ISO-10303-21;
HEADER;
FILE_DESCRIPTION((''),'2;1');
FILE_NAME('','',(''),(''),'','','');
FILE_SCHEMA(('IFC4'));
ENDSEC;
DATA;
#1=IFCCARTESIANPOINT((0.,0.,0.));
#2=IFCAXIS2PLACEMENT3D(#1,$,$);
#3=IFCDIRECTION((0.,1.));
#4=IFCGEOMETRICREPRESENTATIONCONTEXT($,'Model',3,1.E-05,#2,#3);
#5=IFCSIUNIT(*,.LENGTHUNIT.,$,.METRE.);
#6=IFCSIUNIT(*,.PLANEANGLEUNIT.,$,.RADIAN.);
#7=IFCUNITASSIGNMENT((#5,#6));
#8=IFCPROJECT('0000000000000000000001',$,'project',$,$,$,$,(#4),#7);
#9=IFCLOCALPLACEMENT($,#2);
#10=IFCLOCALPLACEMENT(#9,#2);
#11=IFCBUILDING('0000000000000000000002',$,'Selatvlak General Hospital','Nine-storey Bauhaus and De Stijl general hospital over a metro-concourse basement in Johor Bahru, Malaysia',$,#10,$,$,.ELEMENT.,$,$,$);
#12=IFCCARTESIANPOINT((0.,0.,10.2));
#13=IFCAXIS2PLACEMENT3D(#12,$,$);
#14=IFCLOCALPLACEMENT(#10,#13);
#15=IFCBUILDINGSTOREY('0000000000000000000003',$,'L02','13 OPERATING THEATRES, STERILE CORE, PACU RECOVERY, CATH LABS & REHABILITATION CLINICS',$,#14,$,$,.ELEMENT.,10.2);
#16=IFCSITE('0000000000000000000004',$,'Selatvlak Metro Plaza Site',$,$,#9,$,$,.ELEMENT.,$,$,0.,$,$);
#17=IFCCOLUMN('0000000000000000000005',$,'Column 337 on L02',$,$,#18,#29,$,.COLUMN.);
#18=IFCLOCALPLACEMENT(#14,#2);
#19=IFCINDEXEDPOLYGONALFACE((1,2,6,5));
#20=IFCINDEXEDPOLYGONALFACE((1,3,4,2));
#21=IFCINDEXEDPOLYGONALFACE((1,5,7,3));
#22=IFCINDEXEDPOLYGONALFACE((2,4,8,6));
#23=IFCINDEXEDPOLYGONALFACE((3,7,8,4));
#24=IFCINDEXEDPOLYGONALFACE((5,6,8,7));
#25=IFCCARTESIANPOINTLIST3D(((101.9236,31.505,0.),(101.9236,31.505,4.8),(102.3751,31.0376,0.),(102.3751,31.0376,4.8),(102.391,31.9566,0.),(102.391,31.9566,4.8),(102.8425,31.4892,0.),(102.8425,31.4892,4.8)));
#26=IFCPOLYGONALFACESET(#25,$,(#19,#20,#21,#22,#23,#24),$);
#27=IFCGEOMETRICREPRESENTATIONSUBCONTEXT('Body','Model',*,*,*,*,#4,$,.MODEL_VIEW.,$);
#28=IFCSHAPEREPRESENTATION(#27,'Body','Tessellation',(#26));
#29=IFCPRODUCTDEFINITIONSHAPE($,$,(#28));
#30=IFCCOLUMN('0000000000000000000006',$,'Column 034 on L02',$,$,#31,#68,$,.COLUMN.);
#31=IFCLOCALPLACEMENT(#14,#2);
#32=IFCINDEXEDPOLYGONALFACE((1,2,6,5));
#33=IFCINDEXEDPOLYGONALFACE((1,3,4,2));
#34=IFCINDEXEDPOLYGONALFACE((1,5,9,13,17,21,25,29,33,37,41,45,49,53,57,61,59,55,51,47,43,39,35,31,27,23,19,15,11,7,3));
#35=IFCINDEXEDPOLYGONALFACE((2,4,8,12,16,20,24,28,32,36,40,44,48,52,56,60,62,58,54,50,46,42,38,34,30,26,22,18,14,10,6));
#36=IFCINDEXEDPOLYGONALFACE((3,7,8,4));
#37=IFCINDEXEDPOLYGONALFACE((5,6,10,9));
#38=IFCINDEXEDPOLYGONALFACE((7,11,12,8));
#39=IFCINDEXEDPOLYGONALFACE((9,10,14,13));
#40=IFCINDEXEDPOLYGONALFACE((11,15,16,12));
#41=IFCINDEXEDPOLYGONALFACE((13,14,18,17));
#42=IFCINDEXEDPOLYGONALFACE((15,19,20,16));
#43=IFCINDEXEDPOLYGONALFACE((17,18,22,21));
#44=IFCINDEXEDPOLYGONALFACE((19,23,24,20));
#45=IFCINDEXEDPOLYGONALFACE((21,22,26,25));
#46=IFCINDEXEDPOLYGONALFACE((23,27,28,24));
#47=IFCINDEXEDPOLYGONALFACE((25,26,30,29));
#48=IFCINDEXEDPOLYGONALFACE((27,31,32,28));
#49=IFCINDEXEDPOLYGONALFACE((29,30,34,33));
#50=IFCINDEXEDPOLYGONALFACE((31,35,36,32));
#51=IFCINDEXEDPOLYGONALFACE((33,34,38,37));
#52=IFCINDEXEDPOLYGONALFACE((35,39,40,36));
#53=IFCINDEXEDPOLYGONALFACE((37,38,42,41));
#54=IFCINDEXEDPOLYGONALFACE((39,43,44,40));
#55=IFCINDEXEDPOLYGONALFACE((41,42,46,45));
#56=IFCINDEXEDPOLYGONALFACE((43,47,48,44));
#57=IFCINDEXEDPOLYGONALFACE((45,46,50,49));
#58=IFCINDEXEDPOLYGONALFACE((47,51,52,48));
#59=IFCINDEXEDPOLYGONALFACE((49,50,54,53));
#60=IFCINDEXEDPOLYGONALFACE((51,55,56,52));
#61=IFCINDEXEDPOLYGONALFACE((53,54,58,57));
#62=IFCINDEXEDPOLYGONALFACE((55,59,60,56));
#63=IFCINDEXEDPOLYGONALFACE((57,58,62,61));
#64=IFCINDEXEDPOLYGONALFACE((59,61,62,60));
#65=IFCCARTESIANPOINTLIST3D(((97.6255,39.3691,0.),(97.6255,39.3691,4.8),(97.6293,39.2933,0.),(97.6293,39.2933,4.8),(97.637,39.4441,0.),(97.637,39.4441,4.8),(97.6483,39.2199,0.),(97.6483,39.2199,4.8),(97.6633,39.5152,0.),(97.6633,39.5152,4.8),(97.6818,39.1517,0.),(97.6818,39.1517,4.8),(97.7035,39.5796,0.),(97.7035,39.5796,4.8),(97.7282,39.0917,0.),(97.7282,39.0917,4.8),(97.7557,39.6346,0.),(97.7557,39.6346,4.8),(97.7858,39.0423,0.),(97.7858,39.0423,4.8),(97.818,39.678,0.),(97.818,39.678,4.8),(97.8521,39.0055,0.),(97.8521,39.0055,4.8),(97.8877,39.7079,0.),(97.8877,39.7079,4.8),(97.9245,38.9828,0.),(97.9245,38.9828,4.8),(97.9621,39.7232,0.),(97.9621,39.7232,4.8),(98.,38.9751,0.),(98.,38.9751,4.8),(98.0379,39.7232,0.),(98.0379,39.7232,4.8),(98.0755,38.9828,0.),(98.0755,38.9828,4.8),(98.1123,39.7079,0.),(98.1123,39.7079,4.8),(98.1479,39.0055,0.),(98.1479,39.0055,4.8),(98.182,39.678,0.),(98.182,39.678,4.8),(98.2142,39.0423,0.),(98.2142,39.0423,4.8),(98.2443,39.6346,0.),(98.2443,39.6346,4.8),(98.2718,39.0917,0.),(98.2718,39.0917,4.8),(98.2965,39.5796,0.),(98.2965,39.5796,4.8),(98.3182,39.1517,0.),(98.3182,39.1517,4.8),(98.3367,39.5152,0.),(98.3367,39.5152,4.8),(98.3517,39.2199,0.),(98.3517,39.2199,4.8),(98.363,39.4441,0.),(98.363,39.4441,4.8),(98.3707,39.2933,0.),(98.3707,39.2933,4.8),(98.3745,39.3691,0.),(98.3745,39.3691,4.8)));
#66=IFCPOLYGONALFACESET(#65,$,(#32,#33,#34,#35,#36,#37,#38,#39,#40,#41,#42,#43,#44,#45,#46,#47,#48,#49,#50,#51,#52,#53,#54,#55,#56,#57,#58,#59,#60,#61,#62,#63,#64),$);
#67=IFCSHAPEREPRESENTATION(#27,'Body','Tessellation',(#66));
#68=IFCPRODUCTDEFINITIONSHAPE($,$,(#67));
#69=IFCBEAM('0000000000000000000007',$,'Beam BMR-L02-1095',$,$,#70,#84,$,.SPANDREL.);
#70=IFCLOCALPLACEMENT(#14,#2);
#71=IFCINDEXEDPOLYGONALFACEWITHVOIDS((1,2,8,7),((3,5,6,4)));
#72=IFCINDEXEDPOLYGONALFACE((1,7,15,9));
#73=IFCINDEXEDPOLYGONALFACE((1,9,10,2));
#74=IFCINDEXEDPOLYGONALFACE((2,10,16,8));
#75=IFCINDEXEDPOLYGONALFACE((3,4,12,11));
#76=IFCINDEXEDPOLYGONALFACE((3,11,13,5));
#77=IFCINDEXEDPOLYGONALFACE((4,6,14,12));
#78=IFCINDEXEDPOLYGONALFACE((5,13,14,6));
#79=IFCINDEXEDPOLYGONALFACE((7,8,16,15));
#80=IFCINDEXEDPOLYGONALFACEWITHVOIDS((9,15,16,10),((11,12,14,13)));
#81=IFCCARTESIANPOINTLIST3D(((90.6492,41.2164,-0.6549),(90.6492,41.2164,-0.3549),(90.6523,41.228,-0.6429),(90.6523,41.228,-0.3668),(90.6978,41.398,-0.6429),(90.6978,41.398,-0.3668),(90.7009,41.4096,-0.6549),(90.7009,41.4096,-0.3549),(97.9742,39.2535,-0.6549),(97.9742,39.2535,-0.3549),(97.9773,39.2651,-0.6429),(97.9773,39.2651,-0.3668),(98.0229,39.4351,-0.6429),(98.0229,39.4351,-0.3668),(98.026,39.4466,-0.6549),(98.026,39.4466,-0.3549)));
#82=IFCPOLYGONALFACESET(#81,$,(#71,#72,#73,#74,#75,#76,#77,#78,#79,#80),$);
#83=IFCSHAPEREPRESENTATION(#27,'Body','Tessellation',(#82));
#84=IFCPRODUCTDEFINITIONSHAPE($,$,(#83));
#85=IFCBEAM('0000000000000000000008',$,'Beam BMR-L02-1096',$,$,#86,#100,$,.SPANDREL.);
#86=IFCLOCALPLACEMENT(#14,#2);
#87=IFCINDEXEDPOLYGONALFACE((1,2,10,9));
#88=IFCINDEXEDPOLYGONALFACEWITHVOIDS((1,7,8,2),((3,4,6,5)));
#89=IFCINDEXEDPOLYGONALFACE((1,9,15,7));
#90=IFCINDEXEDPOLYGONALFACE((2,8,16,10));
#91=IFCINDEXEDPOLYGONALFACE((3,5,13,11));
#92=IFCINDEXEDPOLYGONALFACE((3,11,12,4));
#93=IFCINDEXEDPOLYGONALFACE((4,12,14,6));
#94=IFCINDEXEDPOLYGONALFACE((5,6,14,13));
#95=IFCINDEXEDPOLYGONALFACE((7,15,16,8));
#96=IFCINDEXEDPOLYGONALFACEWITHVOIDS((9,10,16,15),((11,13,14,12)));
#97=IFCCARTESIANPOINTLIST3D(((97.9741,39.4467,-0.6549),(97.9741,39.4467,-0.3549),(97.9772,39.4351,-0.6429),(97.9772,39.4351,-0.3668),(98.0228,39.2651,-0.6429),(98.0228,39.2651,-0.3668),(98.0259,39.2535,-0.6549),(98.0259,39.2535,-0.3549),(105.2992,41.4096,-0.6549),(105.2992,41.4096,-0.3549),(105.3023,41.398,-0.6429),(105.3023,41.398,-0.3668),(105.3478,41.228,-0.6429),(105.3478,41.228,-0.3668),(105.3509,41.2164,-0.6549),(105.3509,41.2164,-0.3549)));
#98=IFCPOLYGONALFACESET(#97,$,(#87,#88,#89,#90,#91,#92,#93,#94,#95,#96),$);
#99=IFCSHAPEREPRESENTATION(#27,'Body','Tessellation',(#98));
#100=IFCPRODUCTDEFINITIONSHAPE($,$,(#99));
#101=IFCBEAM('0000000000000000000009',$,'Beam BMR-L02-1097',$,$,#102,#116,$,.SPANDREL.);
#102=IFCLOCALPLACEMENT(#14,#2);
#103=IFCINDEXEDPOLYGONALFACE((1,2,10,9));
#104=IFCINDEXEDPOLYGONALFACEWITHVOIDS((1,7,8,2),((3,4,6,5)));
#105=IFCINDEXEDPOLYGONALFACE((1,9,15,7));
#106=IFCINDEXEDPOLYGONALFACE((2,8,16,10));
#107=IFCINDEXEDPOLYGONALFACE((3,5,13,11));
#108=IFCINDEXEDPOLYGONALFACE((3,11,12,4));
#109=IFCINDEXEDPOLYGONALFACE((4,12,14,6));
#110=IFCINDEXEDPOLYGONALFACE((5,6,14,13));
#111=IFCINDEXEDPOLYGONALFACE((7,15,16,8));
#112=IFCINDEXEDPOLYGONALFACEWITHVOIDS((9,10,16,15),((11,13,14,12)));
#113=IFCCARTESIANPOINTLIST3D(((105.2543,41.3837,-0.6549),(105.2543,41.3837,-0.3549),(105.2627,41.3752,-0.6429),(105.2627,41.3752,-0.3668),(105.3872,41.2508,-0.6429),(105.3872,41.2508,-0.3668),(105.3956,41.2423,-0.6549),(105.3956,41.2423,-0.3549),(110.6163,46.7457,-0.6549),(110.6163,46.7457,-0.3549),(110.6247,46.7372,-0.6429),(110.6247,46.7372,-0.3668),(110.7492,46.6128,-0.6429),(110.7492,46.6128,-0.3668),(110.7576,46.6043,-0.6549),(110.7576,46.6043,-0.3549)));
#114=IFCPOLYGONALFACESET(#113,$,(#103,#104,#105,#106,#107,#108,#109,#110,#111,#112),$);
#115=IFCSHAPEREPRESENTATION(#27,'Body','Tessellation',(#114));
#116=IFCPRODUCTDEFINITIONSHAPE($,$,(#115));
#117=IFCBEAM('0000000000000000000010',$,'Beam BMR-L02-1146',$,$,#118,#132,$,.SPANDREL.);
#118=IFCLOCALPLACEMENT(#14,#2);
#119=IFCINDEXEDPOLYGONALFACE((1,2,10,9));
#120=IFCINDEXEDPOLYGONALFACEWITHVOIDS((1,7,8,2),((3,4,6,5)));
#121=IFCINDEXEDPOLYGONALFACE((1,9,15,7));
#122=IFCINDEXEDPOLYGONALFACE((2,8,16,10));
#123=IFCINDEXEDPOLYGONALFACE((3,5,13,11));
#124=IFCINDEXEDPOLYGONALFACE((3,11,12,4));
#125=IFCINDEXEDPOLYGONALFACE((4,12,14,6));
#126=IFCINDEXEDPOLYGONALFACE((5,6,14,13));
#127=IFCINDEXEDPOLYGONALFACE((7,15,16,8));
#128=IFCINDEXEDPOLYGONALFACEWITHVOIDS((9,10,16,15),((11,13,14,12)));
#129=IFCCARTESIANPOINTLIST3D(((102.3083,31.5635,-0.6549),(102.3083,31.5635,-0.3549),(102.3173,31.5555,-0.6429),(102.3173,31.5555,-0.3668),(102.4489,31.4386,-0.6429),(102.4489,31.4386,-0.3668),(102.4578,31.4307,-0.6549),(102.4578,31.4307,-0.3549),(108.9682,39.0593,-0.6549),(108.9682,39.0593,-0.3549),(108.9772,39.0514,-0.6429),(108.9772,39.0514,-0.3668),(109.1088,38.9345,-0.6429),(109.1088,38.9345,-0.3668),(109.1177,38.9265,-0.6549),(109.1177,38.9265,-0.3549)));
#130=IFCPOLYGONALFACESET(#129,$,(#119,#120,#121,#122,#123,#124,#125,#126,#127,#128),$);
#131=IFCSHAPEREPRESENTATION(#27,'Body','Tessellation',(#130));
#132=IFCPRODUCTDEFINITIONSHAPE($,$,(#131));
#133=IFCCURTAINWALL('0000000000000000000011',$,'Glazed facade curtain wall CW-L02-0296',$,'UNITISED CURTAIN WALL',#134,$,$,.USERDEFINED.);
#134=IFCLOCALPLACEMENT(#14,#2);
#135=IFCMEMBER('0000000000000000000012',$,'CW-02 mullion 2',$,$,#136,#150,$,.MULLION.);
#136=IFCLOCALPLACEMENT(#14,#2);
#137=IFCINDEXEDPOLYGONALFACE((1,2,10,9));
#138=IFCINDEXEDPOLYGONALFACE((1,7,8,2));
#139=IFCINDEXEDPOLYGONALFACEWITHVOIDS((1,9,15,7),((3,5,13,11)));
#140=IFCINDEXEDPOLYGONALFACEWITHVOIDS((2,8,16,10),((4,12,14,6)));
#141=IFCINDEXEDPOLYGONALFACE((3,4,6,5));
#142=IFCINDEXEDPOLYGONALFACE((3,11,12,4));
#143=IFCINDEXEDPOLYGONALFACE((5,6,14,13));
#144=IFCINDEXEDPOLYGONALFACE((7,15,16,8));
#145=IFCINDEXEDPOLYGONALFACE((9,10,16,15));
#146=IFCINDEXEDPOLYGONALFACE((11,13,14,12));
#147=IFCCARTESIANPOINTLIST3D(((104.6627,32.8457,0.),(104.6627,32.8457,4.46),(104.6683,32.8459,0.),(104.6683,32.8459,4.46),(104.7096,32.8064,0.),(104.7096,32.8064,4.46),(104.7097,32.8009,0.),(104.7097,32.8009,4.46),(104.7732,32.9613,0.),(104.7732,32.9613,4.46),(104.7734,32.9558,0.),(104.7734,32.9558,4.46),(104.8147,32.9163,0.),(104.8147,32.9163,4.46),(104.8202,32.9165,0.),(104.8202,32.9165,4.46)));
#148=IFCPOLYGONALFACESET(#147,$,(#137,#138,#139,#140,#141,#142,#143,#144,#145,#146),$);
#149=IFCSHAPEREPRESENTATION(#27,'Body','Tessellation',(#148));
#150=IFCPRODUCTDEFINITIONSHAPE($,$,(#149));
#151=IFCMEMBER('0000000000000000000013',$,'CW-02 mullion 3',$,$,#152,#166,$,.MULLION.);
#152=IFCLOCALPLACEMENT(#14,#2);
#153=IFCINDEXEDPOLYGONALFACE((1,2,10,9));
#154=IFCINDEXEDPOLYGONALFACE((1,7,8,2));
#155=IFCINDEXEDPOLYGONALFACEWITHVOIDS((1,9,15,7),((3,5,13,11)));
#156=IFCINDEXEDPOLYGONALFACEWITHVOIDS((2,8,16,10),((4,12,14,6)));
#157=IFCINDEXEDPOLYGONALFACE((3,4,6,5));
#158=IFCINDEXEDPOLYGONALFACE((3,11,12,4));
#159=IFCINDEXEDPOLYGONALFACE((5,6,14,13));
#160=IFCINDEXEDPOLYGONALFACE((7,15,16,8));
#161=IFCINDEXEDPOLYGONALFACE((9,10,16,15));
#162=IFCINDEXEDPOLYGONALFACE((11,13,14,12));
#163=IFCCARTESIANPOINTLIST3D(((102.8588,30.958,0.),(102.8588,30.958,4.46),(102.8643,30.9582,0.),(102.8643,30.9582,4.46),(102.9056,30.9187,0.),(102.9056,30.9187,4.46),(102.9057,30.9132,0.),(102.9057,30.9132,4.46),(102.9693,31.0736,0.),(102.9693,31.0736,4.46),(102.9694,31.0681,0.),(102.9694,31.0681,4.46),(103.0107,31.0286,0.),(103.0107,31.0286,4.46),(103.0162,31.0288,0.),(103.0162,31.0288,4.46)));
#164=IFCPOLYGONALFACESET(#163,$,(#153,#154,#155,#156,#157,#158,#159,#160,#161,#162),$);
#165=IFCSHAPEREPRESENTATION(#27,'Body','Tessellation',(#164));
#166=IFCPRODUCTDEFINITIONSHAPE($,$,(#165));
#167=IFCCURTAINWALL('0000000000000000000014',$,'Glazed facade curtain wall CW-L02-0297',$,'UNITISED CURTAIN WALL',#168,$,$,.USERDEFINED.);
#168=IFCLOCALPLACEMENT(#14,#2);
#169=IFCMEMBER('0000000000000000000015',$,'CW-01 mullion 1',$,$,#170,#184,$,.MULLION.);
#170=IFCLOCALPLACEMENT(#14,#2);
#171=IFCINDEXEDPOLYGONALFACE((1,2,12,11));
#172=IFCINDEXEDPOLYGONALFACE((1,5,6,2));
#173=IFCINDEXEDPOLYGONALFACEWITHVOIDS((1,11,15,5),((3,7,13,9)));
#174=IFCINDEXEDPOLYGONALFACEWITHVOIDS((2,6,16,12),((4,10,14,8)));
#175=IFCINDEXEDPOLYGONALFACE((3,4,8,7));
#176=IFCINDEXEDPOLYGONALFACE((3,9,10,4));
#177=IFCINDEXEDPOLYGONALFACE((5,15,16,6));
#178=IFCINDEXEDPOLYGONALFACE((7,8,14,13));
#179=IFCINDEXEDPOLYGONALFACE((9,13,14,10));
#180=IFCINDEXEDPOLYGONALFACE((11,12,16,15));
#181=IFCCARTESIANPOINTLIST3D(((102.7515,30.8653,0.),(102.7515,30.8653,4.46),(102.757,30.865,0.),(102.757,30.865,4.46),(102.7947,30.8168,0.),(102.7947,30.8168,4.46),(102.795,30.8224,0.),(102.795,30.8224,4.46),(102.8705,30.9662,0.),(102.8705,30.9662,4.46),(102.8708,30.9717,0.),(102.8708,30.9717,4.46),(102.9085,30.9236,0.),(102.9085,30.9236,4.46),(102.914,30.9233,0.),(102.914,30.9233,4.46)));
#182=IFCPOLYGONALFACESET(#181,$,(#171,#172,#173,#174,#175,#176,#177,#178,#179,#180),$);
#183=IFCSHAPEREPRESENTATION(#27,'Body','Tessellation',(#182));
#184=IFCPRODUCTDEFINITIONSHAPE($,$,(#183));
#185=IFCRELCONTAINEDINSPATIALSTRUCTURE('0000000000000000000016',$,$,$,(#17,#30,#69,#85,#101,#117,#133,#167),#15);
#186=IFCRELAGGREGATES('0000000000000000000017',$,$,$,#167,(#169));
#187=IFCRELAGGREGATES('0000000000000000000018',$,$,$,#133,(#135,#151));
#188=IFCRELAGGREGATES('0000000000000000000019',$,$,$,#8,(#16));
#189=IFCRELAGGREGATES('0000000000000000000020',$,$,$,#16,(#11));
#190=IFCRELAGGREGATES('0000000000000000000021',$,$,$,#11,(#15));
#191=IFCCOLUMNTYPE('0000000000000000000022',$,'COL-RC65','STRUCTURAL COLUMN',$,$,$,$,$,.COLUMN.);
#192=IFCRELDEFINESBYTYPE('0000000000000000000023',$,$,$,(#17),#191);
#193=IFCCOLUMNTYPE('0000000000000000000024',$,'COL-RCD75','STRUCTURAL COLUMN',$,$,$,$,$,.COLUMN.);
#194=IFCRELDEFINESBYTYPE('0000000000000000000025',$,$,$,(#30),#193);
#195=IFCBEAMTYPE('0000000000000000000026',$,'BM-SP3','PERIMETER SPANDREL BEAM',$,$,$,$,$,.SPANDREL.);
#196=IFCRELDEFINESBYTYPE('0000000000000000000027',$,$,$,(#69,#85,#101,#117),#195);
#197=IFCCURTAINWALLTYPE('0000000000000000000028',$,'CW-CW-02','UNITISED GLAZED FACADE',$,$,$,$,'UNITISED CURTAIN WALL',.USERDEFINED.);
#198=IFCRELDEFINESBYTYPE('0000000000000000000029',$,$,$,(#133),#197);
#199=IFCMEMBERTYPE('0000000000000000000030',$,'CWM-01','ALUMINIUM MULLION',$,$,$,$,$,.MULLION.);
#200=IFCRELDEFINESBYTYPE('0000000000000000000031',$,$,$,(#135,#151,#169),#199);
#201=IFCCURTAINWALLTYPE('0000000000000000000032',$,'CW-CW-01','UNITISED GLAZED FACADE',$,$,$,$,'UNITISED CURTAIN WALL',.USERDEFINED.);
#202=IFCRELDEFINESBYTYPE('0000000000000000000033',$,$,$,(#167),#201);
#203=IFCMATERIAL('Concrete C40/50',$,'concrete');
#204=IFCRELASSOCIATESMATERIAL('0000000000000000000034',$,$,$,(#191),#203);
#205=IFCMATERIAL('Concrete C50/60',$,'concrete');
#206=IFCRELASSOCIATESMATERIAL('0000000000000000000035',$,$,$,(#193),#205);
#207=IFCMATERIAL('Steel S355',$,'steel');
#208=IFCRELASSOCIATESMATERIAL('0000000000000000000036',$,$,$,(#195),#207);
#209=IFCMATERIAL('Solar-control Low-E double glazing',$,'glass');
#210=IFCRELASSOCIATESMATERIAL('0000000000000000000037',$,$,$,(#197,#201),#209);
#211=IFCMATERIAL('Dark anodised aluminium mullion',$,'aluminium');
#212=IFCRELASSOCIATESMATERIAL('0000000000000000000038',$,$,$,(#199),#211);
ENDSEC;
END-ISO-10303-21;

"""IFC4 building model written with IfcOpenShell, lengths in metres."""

from ifc_helpers import new_model, si_unit, direction, frame, origin, origin_2d, place, context, subcontext, project, spatial, rectangle, hollow_rectangle, circle, extrude, material, material_profile, profile_set, type_object, element, aggregate, save


model = new_model("IFC4")

# Units and contexts
model_context = context("Model", 3, precision=1e-05, world=origin(), true_north=direction((0.0, 1.0)))
body_context = subcontext(model_context, "Body", "Model", "MODEL_VIEW")
ifc_project = project(units=[si_unit("LENGTHUNIT", "METRE"), si_unit("PLANEANGLEUNIT", "RADIAN")], contexts=[model_context])

# Site, building, storey
site_placement = place(None, origin())
site = spatial("IfcSite", under=ifc_project, at=site_placement, Name="Selatvlak Metro Plaza Site", CompositionType="ELEMENT", RefElevation=0.0)
building_placement = place(site_placement, origin())
building = spatial("IfcBuilding", under=site, at=building_placement, Name="Selatvlak General Hospital", Description="Nine-storey Bauhaus and De Stijl general hospital over a metro-concourse basement in Johor Bahru, Malaysia", CompositionType="ELEMENT")
storey_placement = place(building_placement, frame((0.0, 0.0, 10.2)))
storey = spatial("IfcBuildingStorey", under=building, at=storey_placement, Name="L02", Description="13 OPERATING THEATRES, STERILE CORE, PACU RECOVERY, CATH LABS & REHABILITATION CLINICS", CompositionType="ELEMENT", Elevation=10.2)

# Columns
ifc_material_1 = material(Name="Concrete C40/50", Category="concrete")
ifc_material_profile_1 = material_profile(ifc_material_1, rectangle(XDim=0.6499, YDim=0.6499, at=origin_2d()), Name="RC-COL 650x650")
ifc_profile_set_1 = profile_set([ifc_material_profile_1], Name="Concrete C40/50")
column_type_1 = type_object("IfcColumnType", Name="COL-RC65", Description="STRUCTURAL COLUMN", PredefinedType="COLUMN", material=ifc_profile_set_1)
column_placement = place(storey_placement, frame((102.3831, 31.4971, 0.0), z_axis=(0.0, 0.0, 1.0), x_axis=(-0.694834, 0.71917, 0.0)))
element("IfcColumn", 1, at=column_placement, inside=storey, type_object=column_type_1, Name="Column 337 on L02", PredefinedType="COLUMN", context=body_context, shape_type="SweptSolid", body=[
    extrude(rectangle(XDim=0.6499, YDim=0.6499, at=origin_2d()), origin(), (0.0, 0.0, 1.0), 4.8),
])
ifc_material_2 = material(Name="Concrete C50/60", Category="concrete")
ifc_material_profile_2 = material_profile(ifc_material_2, circle(Radius=0.375, at=origin_2d()), Name="RC-COL D750")
ifc_profile_set_2 = profile_set([ifc_material_profile_2], Name="Concrete C50/60")
column_type_2 = type_object("IfcColumnType", Name="COL-RCD75", Description="STRUCTURAL COLUMN", PredefinedType="COLUMN", material=ifc_profile_set_2)
for number, where, z_axis, x_axis, name in (
    (2, (98.0, 39.3501, 0.0), (0.0, 0.0, 1.0), (0.0, -1.0, 0.0), "Column 034 on L02"),
):
    element("IfcColumn", number, at=place(storey_placement, frame(where, z_axis=z_axis, x_axis=x_axis)), inside=storey, type_object=column_type_2, Name=name, PredefinedType="COLUMN", context=body_context, shape_type="SweptSolid", body=[
        extrude(circle(Radius=0.375, at=origin_2d()), origin(), (0.0, 0.0, 1.0), 4.8),
    ])

# Beams
ifc_material_3 = material(Name="Steel S355", Category="steel")
ifc_material_profile_3 = material_profile(ifc_material_3, hollow_rectangle(XDim=0.2, YDim=0.3, WallThickness=0.012, at=origin_2d()), Name="RHS 300x200x12")
ifc_profile_set_3 = profile_set([ifc_material_profile_3], Name="Steel S355")
beam_type = type_object("IfcBeamType", Name="BM-SP3", Description="PERIMETER SPANDREL BEAM", PredefinedType="SPANDREL", material=ifc_profile_set_3)
for number, where, z_axis, x_axis, name in (
    (3, (90.675, 41.313, -0.5049), (0.96592, -0.258841, 0.0), (0.258841, 0.96592, 0.0), "Beam BMR-L02-1095"),
    (4, (98.0, 39.3501, -0.5049), (0.96592, 0.258841, 0.0), (-0.258841, 0.96592, 0.0), "Beam BMR-L02-1096"),
):
    element("IfcBeam", number, at=place(storey_placement, frame(where, z_axis=z_axis, x_axis=x_axis)), inside=storey, type_object=beam_type, Name=name, PredefinedType="SPANDREL", context=body_context, shape_type="SweptSolid", body=[
        extrude(hollow_rectangle(XDim=0.2, YDim=0.3, WallThickness=0.012, at=origin_2d()), origin(), (0.0, 0.0, 1.0), 7.5835),
    ])
beam_1_placement = place(storey_placement, frame((105.325, 41.313, -0.5049), z_axis=(0.707107, 0.707107, 0.0), x_axis=(-0.707107, 0.707107, 0.0)))
element("IfcBeam", 5, at=beam_1_placement, inside=storey, type_object=beam_type, Name="Beam BMR-L02-1097", PredefinedType="SPANDREL", context=body_context, shape_type="SweptSolid", body=[
    extrude(hollow_rectangle(XDim=0.2, YDim=0.3, WallThickness=0.012, at=origin_2d()), origin(), (0.0, 0.0, 1.0), 7.583),
])
beam_2_placement = place(storey_placement, frame((102.3831, 31.4971, -0.5049), z_axis=(0.664193, 0.747561, 0.0), x_axis=(-0.747561, 0.664193, 0.0)))
element("IfcBeam", 6, at=beam_2_placement, inside=storey, type_object=beam_type, Name="Beam BMR-L02-1146", PredefinedType="SPANDREL", context=body_context, shape_type="SweptSolid", body=[
    extrude(hollow_rectangle(XDim=0.2, YDim=0.3, WallThickness=0.012, at=origin_2d()), origin(), (0.0, 0.0, 1.0), 10.0271),
])

# Curtain wall, members
ifc_material_4 = material(Name="Solar-control Low-E double glazing", Category="glass")
curtain_wall_type_1 = type_object("IfcCurtainWallType", Name="CW-CW-02", Description="UNITISED GLAZED FACADE", ElementType="UNITISED CURTAIN WALL", PredefinedType="USERDEFINED", material=ifc_material_4)
curtain_wall_1_placement = place(storey_placement, origin())
curtain_wall_1 = element("IfcCurtainWall", 7, at=curtain_wall_1_placement, inside=storey, type_object=curtain_wall_type_1, Name="Glazed facade curtain wall CW-L02-0296", ObjectType="UNITISED CURTAIN WALL", PredefinedType="USERDEFINED")
ifc_material_5 = material(Name="Dark anodised aluminium mullion", Category="aluminium")
ifc_material_profile_4 = material_profile(ifc_material_5, hollow_rectangle(XDim=0.0649, YDim=0.1599, WallThickness=0.0039, at=origin_2d()), Name="AL-MUL 65x160x4")
ifc_profile_set_4 = profile_set([ifc_material_profile_4], Name="Dark anodised aluminium mullion")
member_type_1 = type_object("IfcMemberType", Name="CWM-01", Description="ALUMINIUM MULLION", PredefinedType="MULLION", material=ifc_profile_set_4)
member_1_placement = place(storey_placement, frame((104.7415, 32.8811, 0.0), z_axis=(0.0, 0.0, 1.0), x_axis=(0.722909, -0.690943, 0.0)))
member_1 = element("IfcMember", 8, at=member_1_placement, type_object=member_type_1, Name="CW-02 mullion 2", PredefinedType="MULLION", context=body_context, shape_type="SweptSolid", body=[
    extrude(hollow_rectangle(XDim=0.0649, YDim=0.1599, WallThickness=0.0039, at=origin_2d()), origin(), (0.0, 0.0, 1.0), 4.46),
])
member_2_placement = place(storey_placement, frame((102.9375, 30.9934, 0.0), z_axis=(0.0, 0.0, 1.0), x_axis=(0.722909, -0.690943, 0.0)))
member_2 = element("IfcMember", 9, at=member_2_placement, type_object=member_type_1, Name="CW-02 mullion 3", PredefinedType="MULLION", context=body_context, shape_type="SweptSolid", body=[
    extrude(hollow_rectangle(XDim=0.0649, YDim=0.1599, WallThickness=0.0039, at=origin_2d()), origin(), (0.0, 0.0, 1.0), 4.46),
])

# Curtain wall, member
curtain_wall_type_2 = type_object("IfcCurtainWallType", Name="CW-CW-01", Description="UNITISED GLAZED FACADE", ElementType="UNITISED CURTAIN WALL", PredefinedType="USERDEFINED", material=ifc_material_4)
curtain_wall_2_placement = place(storey_placement, origin())
curtain_wall_2 = element("IfcCurtainWall", 10, at=curtain_wall_2_placement, inside=storey, type_object=curtain_wall_type_2, Name="Glazed facade curtain wall CW-L02-0297", ObjectType="UNITISED CURTAIN WALL", PredefinedType="USERDEFINED")
member_3_placement = place(storey_placement, frame((102.8328, 30.8943, 0.0), z_axis=(0.0, 0.0, 1.0), x_axis=(0.665561, -0.746344, 0.0)))
member_3 = element("IfcMember", 11, at=member_3_placement, type_object=member_type_1, Name="CW-01 mullion 1", PredefinedType="MULLION", context=body_context, shape_type="SweptSolid", body=[
    extrude(hollow_rectangle(XDim=0.0649, YDim=0.1599, WallThickness=0.0039, at=origin_2d()), origin(), (0.0, 0.0, 1.0), 4.46),
])

aggregate(curtain_wall_2, [member_3])

aggregate(curtain_wall_1, [member_1, member_2])

save(model, "model.ifc")
